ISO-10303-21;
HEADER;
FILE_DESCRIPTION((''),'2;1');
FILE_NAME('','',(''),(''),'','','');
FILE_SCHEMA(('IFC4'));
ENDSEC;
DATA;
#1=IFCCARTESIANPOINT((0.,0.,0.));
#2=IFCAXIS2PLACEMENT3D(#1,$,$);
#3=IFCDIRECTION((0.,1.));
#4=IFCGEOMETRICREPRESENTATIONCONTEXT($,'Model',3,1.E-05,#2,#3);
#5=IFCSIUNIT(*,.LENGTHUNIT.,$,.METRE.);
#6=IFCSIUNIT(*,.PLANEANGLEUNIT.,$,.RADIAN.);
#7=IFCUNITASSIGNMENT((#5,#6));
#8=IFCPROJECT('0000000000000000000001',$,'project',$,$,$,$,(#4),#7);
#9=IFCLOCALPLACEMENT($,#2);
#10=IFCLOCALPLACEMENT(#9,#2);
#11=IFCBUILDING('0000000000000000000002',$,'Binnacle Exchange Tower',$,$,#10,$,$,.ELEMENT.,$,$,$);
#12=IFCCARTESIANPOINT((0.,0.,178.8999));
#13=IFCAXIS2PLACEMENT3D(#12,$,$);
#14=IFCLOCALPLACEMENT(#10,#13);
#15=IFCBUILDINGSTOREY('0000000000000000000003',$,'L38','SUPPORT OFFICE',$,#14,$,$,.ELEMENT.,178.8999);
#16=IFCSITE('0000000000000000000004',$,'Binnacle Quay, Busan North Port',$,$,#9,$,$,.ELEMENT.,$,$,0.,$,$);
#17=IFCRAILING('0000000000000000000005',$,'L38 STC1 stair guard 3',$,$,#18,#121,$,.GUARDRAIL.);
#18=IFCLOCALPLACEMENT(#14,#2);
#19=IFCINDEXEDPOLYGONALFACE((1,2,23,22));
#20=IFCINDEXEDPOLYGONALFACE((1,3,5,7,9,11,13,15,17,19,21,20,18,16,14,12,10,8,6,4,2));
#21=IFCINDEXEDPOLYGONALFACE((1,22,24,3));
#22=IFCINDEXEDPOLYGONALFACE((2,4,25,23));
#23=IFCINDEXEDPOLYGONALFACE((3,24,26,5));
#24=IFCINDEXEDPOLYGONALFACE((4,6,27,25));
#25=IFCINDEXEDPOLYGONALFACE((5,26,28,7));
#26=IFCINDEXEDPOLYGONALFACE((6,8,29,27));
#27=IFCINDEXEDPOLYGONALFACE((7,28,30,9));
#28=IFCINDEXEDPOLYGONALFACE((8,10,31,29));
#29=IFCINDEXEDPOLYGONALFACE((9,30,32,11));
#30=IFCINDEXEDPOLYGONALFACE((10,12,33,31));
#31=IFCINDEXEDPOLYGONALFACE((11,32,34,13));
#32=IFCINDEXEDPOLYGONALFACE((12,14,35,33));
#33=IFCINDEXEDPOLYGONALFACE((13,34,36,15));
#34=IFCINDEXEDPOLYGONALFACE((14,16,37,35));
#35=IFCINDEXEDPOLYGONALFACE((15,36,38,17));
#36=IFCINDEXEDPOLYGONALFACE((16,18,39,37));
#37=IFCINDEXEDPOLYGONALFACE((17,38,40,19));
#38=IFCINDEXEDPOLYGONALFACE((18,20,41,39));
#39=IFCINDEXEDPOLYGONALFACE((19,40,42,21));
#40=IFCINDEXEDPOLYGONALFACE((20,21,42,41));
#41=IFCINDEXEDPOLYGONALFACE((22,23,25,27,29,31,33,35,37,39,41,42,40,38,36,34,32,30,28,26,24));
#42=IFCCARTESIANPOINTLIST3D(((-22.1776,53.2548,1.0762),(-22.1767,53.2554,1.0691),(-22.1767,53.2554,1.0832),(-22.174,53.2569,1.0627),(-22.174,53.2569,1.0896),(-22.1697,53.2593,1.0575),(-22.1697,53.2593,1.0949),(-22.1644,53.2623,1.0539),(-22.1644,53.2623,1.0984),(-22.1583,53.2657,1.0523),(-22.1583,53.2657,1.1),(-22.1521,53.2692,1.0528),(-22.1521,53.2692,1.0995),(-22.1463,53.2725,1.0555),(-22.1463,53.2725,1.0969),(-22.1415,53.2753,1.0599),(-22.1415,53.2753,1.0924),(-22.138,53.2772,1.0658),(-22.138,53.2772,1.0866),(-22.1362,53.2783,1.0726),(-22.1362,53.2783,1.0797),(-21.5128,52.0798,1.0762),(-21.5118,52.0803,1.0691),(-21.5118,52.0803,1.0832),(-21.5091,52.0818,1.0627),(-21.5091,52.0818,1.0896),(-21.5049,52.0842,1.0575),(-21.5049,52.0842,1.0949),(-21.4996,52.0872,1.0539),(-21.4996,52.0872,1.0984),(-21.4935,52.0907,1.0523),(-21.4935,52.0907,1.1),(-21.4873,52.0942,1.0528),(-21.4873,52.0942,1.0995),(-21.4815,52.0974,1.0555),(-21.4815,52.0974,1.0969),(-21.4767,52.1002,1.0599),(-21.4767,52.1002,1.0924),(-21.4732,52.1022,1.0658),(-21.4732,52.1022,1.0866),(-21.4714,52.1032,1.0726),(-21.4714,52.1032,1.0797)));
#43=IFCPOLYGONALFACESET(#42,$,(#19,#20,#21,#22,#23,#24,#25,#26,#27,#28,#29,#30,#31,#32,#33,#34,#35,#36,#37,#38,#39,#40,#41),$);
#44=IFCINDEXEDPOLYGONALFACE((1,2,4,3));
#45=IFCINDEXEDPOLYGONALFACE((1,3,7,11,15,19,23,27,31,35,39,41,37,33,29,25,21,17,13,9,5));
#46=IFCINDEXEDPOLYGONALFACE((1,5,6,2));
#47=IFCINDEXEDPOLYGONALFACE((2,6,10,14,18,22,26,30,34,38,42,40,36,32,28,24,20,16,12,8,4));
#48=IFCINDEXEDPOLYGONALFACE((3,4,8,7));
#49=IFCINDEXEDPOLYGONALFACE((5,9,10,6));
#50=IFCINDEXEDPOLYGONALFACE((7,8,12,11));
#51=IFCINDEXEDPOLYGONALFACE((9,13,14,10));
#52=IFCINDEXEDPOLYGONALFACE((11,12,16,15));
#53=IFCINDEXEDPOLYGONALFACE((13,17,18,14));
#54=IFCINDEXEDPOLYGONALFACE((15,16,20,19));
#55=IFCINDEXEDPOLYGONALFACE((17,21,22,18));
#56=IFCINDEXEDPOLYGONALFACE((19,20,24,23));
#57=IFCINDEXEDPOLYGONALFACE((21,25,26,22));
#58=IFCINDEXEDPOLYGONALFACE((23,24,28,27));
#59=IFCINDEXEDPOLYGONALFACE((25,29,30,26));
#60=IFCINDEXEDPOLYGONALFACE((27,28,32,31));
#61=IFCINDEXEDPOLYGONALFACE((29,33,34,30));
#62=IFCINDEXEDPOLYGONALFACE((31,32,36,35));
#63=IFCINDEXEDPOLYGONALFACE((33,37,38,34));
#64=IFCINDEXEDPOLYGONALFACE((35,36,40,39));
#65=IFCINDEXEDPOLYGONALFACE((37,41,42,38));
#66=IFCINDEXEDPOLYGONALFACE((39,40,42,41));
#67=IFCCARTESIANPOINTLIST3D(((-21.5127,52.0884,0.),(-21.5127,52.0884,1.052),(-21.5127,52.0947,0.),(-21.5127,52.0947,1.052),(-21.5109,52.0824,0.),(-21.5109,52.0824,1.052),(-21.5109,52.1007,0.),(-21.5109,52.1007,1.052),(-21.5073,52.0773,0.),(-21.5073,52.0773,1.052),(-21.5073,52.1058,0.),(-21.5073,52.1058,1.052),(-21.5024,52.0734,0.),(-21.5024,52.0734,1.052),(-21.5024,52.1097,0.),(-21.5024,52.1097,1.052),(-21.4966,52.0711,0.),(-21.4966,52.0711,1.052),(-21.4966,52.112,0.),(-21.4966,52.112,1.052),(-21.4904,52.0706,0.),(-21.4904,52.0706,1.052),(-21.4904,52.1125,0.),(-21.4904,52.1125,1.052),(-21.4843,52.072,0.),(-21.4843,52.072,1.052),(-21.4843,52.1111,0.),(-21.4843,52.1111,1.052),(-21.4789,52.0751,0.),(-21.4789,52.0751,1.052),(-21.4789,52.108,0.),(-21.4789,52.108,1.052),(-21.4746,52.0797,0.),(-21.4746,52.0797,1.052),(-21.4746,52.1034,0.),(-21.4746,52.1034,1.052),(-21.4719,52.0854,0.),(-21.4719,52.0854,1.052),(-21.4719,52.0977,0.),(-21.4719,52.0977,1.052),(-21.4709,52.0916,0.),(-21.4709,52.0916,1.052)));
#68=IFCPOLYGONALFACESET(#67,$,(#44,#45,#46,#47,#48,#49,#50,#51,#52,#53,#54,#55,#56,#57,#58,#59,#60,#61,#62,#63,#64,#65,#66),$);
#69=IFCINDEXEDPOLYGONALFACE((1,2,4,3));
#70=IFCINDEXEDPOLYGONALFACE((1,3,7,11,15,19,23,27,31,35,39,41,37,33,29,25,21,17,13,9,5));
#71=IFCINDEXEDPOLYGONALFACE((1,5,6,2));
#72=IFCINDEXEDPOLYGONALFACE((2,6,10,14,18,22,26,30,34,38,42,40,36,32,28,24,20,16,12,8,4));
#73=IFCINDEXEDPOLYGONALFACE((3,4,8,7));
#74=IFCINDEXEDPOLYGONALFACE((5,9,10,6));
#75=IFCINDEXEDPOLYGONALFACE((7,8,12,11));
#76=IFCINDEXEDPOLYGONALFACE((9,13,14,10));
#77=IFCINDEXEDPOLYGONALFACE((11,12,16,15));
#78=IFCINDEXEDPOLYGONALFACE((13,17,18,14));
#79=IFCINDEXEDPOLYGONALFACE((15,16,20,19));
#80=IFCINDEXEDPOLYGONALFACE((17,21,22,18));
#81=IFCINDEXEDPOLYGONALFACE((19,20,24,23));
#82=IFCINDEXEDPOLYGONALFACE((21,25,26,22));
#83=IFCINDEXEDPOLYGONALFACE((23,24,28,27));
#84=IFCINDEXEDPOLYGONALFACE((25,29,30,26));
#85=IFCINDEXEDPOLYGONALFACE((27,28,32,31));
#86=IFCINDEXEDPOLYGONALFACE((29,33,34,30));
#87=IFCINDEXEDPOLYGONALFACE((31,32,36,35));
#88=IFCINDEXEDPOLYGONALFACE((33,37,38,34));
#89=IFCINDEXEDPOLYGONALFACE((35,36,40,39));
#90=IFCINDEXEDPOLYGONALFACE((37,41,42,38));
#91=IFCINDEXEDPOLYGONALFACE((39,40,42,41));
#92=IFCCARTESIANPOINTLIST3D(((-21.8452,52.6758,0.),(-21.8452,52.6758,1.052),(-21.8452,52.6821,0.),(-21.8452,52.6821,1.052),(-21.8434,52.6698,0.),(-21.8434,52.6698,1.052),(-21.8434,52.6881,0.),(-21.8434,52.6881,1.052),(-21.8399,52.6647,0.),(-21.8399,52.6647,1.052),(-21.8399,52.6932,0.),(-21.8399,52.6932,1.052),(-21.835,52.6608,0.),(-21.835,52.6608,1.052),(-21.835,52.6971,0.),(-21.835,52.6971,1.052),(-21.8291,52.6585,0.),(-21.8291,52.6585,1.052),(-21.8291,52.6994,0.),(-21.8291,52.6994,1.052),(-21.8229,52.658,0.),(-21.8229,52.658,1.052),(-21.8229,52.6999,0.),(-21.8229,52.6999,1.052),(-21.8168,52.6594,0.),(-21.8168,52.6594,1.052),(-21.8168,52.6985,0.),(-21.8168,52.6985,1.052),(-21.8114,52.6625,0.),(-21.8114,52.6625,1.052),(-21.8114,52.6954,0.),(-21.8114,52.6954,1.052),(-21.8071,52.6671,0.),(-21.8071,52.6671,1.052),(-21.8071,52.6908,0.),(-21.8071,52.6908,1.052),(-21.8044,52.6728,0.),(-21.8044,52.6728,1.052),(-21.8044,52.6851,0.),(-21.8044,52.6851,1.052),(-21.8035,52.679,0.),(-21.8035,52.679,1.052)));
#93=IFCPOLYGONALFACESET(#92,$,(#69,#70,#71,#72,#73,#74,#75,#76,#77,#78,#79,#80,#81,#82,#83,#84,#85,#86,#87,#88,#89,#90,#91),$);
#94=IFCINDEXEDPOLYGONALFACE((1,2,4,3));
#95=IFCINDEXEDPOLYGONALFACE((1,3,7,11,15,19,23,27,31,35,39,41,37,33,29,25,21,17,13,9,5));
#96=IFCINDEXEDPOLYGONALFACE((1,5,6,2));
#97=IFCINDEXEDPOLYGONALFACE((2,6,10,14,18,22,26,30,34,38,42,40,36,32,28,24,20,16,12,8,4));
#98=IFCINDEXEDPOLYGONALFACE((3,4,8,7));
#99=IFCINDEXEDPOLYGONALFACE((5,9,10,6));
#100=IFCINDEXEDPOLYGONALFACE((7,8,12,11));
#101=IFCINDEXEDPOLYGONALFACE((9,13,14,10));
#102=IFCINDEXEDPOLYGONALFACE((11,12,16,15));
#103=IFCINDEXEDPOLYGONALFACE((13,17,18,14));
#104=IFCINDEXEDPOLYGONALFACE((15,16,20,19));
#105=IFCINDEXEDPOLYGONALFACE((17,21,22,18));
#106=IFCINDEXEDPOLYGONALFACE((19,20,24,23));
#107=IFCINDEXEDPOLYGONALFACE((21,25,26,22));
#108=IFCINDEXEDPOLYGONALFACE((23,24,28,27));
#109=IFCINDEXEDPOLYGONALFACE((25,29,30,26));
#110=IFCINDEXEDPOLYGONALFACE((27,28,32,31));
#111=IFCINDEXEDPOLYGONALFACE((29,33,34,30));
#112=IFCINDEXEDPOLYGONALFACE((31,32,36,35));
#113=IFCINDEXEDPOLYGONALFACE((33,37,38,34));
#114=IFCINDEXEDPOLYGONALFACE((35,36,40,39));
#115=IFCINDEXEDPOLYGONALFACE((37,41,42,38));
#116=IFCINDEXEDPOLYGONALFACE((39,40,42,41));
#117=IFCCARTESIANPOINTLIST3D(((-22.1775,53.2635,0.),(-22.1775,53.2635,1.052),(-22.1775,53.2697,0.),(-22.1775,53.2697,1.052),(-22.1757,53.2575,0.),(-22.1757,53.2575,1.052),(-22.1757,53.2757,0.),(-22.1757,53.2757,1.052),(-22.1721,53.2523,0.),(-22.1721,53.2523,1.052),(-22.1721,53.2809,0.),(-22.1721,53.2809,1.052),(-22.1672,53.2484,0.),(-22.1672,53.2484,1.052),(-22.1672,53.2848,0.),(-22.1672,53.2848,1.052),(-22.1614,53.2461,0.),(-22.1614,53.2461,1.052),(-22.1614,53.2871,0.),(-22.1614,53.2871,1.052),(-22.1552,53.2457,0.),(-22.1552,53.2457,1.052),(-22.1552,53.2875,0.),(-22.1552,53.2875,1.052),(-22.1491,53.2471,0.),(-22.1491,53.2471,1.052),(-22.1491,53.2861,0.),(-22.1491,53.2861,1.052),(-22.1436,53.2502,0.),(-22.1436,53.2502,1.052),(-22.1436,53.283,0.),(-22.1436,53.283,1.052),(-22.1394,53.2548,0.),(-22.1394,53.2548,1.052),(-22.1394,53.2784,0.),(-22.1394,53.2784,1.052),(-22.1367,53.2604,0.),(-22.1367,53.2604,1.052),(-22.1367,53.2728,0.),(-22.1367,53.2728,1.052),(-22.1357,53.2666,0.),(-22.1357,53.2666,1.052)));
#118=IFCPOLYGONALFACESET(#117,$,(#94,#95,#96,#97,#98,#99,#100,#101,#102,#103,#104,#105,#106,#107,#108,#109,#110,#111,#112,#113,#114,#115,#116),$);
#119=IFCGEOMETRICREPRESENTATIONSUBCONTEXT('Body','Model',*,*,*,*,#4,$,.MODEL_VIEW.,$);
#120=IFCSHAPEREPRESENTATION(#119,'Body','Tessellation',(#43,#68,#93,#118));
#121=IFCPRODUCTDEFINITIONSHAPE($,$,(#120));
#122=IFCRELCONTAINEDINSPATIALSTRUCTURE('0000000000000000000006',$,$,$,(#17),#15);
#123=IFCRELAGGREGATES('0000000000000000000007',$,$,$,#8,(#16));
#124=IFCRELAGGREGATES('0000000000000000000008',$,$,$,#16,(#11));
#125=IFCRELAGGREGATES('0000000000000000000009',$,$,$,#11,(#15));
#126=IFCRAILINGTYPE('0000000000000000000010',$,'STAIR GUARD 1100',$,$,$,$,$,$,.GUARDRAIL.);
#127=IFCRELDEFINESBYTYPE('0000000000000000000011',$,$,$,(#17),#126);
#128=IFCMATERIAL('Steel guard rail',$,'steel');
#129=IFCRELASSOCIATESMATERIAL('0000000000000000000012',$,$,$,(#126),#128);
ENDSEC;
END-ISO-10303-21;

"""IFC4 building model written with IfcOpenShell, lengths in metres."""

from ifc_helpers import new_model, si_unit, direction, frame, origin, origin_2d, place, context, subcontext, project, spatial, circle, extrude, material, type_object, element, save


model = new_model("IFC4")

# Units and contexts
model_context = context("Model", 3, precision=1e-05, world=origin(), true_north=direction((0.0, 1.0)))
body_context = subcontext(model_context, "Body", "Model", "MODEL_VIEW")
ifc_project = project(units=[si_unit("LENGTHUNIT", "METRE"), si_unit("PLANEANGLEUNIT", "RADIAN")], contexts=[model_context])

# Site, building, storey
site_placement = place(None, origin())
site = spatial("IfcSite", under=ifc_project, at=site_placement, Name="Binnacle Quay, Busan North Port", CompositionType="ELEMENT", RefElevation=0.0)
building_placement = place(site_placement, origin())
building = spatial("IfcBuilding", under=site, at=building_placement, Name="Binnacle Exchange Tower", CompositionType="ELEMENT")
storey_placement = place(building_placement, frame((0.0, 0.0, 178.8999)))
storey = spatial("IfcBuildingStorey", under=building, at=storey_placement, Name="L38", Description="SUPPORT OFFICE", CompositionType="ELEMENT", Elevation=178.8999)

# Railing
ifc_material_1 = material(Name="Steel guard rail", Category="steel")
railing_type_1 = type_object("IfcRailingType", Name="STAIR GUARD 1100", PredefinedType="GUARDRAIL", material=ifc_material_1)
railing_1_placement = place(storey_placement, frame((-21.4919, 52.0916, 0.0)))
element("IfcRailing", 1, at=railing_1_placement, inside=storey, type_object=railing_type_1, Name="L38 STC1 stair guard 3", PredefinedType="GUARDRAIL", context=body_context, shape_type="SweptSolid", body=[
    extrude(circle(Radius=0.0239, at=origin_2d()), frame((0.0, 0.0, 1.0762), z_axis=(-0.492415, 0.870361, 0.0), x_axis=(-0.870361, -0.492415, 0.0)), (0.0, 0.0, 1.0), 1.3501),
    extrude(circle(Radius=0.021, at=origin_2d()), origin(), (0.0, 0.0, 1.0), 1.052),
    extrude(circle(Radius=0.021, at=origin_2d()), frame((-0.3325, 0.5874, 0.0)), (0.0, 0.0, 1.0), 1.052),
    extrude(circle(Radius=0.021, at=origin_2d()), frame((-0.6648, 1.175, 0.0)), (0.0, 0.0, 1.0), 1.052),
])

save(model, "model.ifc")
